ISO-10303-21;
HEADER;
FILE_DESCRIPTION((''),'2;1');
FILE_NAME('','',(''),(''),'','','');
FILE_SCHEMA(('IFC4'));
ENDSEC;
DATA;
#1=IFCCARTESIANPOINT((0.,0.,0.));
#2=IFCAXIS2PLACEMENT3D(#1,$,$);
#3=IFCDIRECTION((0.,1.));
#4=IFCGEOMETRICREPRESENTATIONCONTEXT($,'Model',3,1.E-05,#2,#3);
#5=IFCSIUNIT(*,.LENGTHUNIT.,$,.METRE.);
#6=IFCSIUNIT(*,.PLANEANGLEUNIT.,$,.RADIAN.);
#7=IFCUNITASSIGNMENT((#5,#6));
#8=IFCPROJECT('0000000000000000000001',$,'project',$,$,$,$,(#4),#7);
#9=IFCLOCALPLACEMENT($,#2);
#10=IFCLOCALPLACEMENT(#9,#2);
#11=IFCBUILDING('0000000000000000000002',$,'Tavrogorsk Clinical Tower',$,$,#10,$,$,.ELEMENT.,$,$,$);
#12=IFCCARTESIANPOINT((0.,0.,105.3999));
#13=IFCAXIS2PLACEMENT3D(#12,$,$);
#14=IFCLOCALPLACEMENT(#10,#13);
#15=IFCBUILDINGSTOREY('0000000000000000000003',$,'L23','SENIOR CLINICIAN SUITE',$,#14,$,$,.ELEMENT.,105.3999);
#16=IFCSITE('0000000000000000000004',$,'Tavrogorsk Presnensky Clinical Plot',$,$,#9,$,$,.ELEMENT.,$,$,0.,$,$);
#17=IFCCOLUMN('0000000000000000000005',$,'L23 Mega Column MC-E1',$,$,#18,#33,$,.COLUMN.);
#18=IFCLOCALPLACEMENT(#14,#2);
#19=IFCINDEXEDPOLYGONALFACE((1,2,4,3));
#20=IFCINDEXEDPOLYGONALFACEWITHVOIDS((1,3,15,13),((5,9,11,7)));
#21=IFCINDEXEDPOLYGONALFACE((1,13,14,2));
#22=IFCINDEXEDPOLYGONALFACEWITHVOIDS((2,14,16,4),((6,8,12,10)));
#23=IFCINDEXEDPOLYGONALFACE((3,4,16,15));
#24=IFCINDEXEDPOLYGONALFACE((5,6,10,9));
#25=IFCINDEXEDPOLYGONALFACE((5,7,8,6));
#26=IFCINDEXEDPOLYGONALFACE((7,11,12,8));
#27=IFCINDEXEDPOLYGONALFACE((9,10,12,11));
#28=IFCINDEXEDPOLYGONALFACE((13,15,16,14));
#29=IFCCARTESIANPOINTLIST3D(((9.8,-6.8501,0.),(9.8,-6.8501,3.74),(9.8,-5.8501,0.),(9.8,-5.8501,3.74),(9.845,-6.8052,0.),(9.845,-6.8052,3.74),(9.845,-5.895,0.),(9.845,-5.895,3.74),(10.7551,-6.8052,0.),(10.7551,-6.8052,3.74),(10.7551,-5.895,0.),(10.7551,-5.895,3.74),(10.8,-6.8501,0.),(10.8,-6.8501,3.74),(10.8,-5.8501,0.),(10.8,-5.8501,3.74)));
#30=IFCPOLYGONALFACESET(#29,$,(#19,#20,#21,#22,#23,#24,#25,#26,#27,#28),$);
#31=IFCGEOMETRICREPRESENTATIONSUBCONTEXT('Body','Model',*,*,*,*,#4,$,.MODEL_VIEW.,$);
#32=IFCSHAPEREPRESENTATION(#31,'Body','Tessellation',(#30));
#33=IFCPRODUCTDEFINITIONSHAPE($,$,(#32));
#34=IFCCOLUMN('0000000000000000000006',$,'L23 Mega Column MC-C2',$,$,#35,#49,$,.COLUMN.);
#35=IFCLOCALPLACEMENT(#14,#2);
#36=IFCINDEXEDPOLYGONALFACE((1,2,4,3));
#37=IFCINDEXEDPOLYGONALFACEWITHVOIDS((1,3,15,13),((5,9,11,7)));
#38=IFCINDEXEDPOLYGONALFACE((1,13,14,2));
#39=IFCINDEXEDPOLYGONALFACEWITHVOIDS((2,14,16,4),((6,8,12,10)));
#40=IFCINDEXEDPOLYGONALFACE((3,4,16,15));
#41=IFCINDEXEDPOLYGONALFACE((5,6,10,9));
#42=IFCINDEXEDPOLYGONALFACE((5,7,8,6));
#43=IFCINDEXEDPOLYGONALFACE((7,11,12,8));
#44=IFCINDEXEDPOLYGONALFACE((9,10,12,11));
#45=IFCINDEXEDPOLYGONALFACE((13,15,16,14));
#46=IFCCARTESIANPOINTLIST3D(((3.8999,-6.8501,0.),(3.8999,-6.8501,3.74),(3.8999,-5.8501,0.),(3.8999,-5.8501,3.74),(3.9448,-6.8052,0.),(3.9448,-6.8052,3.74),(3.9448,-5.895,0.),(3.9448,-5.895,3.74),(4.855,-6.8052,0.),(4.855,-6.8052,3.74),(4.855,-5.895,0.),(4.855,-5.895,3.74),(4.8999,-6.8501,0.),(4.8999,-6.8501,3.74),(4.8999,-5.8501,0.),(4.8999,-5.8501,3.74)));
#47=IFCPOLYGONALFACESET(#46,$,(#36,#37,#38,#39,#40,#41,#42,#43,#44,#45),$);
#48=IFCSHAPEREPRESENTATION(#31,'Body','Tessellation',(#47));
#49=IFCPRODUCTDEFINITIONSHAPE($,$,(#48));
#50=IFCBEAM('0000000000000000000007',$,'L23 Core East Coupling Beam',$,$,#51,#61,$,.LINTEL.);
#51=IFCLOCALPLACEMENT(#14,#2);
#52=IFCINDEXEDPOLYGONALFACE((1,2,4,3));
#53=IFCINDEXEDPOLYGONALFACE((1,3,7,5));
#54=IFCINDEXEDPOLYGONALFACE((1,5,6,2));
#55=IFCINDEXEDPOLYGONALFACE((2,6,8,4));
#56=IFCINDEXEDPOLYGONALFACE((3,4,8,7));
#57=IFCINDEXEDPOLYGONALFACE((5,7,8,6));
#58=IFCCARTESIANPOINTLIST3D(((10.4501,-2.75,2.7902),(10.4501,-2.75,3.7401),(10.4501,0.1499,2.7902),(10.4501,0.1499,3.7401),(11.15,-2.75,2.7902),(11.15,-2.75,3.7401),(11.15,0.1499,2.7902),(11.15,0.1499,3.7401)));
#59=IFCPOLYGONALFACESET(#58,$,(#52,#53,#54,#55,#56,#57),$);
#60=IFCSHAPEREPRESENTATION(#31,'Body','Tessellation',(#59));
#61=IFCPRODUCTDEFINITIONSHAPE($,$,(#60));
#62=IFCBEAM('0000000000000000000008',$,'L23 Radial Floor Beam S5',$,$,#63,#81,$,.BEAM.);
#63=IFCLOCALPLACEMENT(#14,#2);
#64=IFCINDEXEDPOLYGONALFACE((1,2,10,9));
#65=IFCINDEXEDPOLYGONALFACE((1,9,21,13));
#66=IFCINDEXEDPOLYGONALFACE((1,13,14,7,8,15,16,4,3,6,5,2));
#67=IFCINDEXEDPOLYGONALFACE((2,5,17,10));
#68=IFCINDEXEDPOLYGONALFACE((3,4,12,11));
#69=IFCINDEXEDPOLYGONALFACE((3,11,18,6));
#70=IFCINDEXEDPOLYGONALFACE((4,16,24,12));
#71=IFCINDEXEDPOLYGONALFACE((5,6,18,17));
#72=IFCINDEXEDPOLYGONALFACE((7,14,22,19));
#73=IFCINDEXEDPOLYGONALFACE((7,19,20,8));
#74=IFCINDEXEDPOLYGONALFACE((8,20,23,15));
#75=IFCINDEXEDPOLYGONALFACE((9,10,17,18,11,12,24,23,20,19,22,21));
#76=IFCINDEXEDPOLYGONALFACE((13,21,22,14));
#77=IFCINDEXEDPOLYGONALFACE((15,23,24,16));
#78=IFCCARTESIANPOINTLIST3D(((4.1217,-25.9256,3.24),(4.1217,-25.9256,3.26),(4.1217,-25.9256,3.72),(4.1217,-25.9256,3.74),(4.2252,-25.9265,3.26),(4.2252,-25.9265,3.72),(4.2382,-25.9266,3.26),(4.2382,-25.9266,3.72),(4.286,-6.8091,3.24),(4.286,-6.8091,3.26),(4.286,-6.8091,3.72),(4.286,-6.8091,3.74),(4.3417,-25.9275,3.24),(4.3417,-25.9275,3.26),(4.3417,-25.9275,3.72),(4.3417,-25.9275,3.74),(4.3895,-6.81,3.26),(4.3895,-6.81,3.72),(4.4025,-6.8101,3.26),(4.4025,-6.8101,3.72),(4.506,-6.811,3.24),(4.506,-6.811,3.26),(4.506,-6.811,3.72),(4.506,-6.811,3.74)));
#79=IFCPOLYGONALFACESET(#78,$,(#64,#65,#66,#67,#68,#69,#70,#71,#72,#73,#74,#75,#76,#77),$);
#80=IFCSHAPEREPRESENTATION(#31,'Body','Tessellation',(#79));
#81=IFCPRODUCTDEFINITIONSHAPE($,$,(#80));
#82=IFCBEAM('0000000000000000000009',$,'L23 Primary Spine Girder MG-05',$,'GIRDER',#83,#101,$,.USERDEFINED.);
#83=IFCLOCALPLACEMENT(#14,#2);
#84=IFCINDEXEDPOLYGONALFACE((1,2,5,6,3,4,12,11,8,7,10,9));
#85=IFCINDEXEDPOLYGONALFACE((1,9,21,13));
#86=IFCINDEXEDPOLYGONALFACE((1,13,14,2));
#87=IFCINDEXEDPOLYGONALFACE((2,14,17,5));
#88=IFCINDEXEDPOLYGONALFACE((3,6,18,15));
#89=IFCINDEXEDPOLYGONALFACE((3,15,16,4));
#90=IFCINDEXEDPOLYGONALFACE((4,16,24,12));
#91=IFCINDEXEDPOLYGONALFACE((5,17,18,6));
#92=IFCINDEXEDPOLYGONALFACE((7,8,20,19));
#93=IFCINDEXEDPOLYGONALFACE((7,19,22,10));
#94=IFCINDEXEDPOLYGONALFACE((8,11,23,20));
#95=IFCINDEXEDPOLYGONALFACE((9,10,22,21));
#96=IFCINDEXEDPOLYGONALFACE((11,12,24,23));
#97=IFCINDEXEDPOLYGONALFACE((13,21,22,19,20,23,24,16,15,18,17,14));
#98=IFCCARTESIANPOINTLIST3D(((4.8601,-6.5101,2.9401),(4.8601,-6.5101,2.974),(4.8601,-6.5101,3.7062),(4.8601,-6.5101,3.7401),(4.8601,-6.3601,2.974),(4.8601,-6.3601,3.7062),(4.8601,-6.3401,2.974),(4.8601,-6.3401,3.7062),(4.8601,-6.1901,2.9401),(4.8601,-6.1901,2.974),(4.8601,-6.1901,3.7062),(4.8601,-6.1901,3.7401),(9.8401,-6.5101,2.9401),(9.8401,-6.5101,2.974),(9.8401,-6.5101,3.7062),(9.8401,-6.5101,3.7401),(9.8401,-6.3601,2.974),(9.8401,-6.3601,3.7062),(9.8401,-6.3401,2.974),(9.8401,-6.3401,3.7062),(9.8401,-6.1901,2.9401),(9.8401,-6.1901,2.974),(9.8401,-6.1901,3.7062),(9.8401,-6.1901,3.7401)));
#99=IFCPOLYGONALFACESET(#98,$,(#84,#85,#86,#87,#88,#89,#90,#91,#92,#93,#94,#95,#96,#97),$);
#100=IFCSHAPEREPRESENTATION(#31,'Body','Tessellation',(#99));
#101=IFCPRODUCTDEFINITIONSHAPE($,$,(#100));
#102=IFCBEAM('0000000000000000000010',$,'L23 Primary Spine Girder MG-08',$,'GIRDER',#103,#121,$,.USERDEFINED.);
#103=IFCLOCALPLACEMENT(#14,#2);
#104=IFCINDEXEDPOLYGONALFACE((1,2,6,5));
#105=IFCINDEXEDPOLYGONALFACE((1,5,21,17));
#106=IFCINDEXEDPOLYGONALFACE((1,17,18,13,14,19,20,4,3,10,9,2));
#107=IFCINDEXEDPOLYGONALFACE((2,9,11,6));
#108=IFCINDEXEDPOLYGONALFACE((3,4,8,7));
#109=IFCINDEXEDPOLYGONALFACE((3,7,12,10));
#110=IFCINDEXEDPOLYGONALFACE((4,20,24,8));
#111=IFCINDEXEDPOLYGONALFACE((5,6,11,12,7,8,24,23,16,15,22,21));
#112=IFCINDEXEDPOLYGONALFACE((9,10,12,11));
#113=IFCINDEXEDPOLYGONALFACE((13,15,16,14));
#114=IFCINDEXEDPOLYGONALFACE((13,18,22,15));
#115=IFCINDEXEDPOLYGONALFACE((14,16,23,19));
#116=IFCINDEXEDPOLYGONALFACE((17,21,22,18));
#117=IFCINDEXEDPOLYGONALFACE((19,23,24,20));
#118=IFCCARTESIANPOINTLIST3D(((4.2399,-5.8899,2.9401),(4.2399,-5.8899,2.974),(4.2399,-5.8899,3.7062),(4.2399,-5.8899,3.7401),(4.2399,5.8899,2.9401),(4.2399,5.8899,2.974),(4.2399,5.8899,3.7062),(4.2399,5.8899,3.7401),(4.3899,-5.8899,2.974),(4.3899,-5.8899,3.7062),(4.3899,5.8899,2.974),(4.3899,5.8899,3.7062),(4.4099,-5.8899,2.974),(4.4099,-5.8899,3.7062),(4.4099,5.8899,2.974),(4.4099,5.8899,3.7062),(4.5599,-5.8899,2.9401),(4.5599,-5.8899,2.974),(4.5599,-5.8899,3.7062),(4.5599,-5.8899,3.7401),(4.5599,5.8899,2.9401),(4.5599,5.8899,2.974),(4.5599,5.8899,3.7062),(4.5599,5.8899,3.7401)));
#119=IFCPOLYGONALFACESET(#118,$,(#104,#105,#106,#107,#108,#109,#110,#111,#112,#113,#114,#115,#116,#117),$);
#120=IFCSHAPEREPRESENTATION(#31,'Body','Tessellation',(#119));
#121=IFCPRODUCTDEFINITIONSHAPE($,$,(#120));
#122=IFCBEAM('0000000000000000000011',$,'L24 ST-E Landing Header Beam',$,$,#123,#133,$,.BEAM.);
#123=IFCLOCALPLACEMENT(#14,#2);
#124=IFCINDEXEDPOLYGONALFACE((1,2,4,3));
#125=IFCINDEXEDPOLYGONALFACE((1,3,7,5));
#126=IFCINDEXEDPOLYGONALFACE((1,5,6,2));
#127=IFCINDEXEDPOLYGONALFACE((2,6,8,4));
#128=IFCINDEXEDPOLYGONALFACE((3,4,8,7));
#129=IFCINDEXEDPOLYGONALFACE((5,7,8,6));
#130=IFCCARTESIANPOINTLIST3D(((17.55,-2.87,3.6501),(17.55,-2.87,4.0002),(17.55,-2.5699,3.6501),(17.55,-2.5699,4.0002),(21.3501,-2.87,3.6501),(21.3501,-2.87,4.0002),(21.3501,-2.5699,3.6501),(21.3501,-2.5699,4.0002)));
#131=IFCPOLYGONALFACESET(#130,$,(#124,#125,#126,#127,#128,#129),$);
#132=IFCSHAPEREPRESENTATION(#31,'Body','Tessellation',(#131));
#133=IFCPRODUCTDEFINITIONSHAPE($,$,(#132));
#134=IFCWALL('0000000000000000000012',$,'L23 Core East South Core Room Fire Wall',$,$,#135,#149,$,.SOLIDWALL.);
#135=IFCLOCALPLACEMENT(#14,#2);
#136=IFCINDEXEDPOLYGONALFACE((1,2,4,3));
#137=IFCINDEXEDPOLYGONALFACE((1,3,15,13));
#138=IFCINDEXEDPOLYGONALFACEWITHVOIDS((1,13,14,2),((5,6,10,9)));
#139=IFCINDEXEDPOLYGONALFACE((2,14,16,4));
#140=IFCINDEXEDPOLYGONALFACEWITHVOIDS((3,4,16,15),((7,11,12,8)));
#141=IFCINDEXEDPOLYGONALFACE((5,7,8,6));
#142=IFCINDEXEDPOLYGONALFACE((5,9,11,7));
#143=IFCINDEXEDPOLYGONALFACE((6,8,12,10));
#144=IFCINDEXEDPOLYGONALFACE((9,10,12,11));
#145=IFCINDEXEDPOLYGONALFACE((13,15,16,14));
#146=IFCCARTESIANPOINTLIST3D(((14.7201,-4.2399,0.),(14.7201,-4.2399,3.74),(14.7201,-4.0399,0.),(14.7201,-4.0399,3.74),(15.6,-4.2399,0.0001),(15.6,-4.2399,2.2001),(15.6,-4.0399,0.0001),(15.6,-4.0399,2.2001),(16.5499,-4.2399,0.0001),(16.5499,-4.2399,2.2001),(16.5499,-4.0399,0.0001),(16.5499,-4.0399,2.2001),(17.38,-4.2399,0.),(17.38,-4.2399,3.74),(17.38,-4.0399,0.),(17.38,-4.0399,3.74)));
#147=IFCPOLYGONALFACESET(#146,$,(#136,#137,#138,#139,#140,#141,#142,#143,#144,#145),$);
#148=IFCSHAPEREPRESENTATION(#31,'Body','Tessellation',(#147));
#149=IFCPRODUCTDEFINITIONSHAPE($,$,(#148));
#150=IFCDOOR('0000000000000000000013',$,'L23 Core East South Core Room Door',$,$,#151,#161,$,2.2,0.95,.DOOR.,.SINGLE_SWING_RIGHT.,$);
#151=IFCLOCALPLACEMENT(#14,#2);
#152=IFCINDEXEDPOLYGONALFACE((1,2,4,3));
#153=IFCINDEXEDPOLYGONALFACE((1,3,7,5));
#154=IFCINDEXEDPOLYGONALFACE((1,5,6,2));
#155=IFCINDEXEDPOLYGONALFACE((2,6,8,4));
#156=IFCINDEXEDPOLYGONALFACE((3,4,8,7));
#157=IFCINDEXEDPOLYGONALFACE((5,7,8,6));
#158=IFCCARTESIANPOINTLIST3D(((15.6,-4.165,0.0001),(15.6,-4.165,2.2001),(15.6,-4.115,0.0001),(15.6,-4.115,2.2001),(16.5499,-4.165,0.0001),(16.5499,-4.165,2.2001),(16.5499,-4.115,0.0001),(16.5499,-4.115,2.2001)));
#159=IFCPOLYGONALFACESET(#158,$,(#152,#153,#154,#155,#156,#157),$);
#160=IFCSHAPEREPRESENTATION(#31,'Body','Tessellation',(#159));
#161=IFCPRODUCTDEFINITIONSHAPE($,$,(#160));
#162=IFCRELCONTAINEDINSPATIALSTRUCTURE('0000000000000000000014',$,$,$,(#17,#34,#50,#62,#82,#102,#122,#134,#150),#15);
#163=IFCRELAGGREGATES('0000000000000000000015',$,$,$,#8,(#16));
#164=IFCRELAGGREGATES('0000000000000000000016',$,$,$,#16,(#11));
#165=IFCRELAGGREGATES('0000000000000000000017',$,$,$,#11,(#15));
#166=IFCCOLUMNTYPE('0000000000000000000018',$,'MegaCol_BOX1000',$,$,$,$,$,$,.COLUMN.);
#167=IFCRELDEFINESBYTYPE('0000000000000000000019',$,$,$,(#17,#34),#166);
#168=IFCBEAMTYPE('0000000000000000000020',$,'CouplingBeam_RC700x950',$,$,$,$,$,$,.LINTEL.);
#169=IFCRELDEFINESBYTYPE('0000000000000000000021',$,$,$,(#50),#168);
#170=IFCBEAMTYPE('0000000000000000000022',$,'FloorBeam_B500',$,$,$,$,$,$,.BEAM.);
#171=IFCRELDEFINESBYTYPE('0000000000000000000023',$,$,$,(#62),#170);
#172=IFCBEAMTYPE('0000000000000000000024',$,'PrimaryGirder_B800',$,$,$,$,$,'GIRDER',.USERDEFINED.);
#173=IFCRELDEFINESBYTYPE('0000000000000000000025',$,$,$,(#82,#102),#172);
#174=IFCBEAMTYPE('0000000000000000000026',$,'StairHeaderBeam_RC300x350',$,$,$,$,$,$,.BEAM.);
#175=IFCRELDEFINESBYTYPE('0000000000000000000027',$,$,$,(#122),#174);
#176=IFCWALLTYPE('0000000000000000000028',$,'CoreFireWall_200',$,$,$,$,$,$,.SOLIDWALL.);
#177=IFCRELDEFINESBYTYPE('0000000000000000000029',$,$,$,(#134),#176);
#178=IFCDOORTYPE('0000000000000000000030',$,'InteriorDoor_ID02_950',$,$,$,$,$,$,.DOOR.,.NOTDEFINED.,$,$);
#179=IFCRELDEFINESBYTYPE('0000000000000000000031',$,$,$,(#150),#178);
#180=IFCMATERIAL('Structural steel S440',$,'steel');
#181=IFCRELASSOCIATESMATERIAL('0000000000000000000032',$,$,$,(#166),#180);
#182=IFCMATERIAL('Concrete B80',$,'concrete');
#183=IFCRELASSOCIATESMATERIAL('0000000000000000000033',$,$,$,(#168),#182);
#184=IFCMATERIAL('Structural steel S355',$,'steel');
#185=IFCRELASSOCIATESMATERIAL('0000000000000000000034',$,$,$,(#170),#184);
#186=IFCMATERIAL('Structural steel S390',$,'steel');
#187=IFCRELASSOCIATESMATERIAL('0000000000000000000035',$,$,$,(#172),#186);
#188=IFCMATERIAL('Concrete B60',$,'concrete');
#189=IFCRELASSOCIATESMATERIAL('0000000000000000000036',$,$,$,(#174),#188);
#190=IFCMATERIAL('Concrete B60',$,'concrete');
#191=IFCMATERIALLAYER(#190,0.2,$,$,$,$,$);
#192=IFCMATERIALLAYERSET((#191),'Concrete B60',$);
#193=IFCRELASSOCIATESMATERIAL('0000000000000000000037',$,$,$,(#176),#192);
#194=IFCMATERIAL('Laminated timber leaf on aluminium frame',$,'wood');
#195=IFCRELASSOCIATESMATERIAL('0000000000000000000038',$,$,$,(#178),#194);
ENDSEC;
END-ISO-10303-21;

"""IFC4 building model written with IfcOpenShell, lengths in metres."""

from ifc_helpers import new_model, si_unit, direction, frame, frame_2d, origin, origin_2d, place, context, subcontext, project, spatial, rectangle, hollow_rectangle, i_section, extrude, material, layer, layer_set, material_profile, profile_set, type_object, element, fill, save


model = new_model("IFC4")

# Units and contexts
model_context = context("Model", 3, precision=1e-05, world=origin(), true_north=direction((0.0, 1.0)))
body_context = subcontext(model_context, "Body", "Model", "MODEL_VIEW")
ifc_project = project(units=[si_unit("LENGTHUNIT", "METRE"), si_unit("PLANEANGLEUNIT", "RADIAN")], contexts=[model_context])

# Site, building, storey
site_placement = place(None, origin())
site = spatial("IfcSite", under=ifc_project, at=site_placement, Name="Tavrogorsk Presnensky Clinical Plot", CompositionType="ELEMENT", RefElevation=0.0)
building_placement = place(site_placement, origin())
building = spatial("IfcBuilding", under=site, at=building_placement, Name="Tavrogorsk Clinical Tower", CompositionType="ELEMENT")
storey_placement = place(building_placement, frame((0.0, 0.0, 105.3999)))
storey = spatial("IfcBuildingStorey", under=building, at=storey_placement, Name="L23", Description="SENIOR CLINICIAN SUITE", CompositionType="ELEMENT", Elevation=105.3999)

# Columns
ifc_material_1 = material(Name="Structural steel S440", Category="steel")
ifc_material_profile_1 = material_profile(ifc_material_1, hollow_rectangle(XDim=1.0, YDim=1.0, WallThickness=0.0449, at=origin_2d()), Name="BOX-1000x1000x45")
ifc_profile_set_1 = profile_set([ifc_material_profile_1], Name="Structural steel S440")
column_type = type_object("IfcColumnType", Name="MegaCol_BOX1000", PredefinedType="COLUMN", material=ifc_profile_set_1)
for number, where, z_axis, x_axis, name in (
    (1, (10.3, -6.3501, 0.0), (0.0, 0.0, 1.0), (1.0, 0.0, 0.0), "L23 Mega Column MC-E1"),
    (2, (4.3999, -6.3501, 0.0), (0.0, 0.0, 1.0), (1.0, 0.0, 0.0), "L23 Mega Column MC-C2"),
):
    element("IfcColumn", number, at=place(storey_placement, frame(where, z_axis=z_axis, x_axis=x_axis)), inside=storey, type_object=column_type, Name=name, PredefinedType="COLUMN", context=body_context, shape_type="SweptSolid", body=[
        extrude(hollow_rectangle(XDim=1.0, YDim=1.0, WallThickness=0.0449, at=origin_2d()), origin(), (0.0, 0.0, 1.0), 3.74),
    ])

# Beams
ifc_material_2 = material(Name="Concrete B80", Category="concrete")
ifc_material_profile_2 = material_profile(ifc_material_2, rectangle(XDim=0.7, YDim=0.95, at=origin_2d()), Name="RC-CB-700x950")
ifc_profile_set_2 = profile_set([ifc_material_profile_2], Name="Concrete B80")
beam_type_1 = type_object("IfcBeamType", Name="CouplingBeam_RC700x950", PredefinedType="LINTEL", material=ifc_profile_set_2)
beam_1_placement = place(storey_placement, frame((10.8, -2.75, 3.2651), z_axis=(0.0, 1.0, 0.0), x_axis=(-1.0, 0.0, 0.0)))
element("IfcBeam", 3, at=beam_1_placement, inside=storey, type_object=beam_type_1, Name="L23 Core East Coupling Beam", PredefinedType="LINTEL", context=body_context, shape_type="SweptSolid", body=[
    extrude(rectangle(XDim=0.7, YDim=0.95, at=origin_2d()), origin(), (0.0, 0.0, 1.0), 2.8999),
])
ifc_material_3 = material(Name="Structural steel S355", Category="steel")
ifc_material_profile_3 = material_profile(ifc_material_3, i_section(OverallWidth=0.22, OverallDepth=0.5, WebThickness=0.0129, FlangeThickness=0.02, at=origin_2d()), Name="B-500x220x13x20")
ifc_profile_set_3 = profile_set([ifc_material_profile_3], Name="Structural steel S355")
beam_type_2 = type_object("IfcBeamType", Name="FloorBeam_B500", PredefinedType="BEAM", material=ifc_profile_set_3)
beam_2_placement = place(storey_placement, frame((4.396, -6.8101, 3.49), z_axis=(-0.008595, -0.999963, 0.0), x_axis=(0.999963, -0.008595, 0.0)))
element("IfcBeam", 4, at=beam_2_placement, inside=storey, type_object=beam_type_2, Name="L23 Radial Floor Beam S5", PredefinedType="BEAM", context=body_context, shape_type="SweptSolid", body=[
    extrude(i_section(OverallWidth=0.22, OverallDepth=0.5, WebThickness=0.0129, FlangeThickness=0.02, at=origin_2d()), origin(), (0.0, 0.0, 1.0), 19.1172),
])
ifc_material_4 = material(Name="Structural steel S390", Category="steel")
ifc_material_profile_4 = material_profile(ifc_material_4, i_section(OverallWidth=0.3201, OverallDepth=0.8, WebThickness=0.02, FlangeThickness=0.0339, at=origin_2d()), Name="B-800x320x20x34")
ifc_profile_set_4 = profile_set([ifc_material_profile_4], Name="Structural steel S390")
beam_type_3 = type_object("IfcBeamType", Name="PrimaryGirder_B800", ElementType="GIRDER", PredefinedType="USERDEFINED", material=ifc_profile_set_4)
beam_3_placement = place(storey_placement, frame((4.8601, -6.3501, 3.3401), z_axis=(1.0, 0.0, 0.0), x_axis=(0.0, 1.0, 0.0)))
element("IfcBeam", 5, at=beam_3_placement, inside=storey, type_object=beam_type_3, Name="L23 Primary Spine Girder MG-05", ObjectType="GIRDER", PredefinedType="USERDEFINED", context=body_context, shape_type="SweptSolid", body=[
    extrude(i_section(OverallWidth=0.3201, OverallDepth=0.8, WebThickness=0.02, FlangeThickness=0.0339, at=origin_2d()), origin(), (0.0, 0.0, 1.0), 4.98),
])
beam_4_placement = place(storey_placement, frame((4.3999, -5.8899, 3.3401), z_axis=(0.0, 1.0, 0.0), x_axis=(-1.0, 0.0, 0.0)))
element("IfcBeam", 6, at=beam_4_placement, inside=storey, type_object=beam_type_3, Name="L23 Primary Spine Girder MG-08", ObjectType="GIRDER", PredefinedType="USERDEFINED", context=body_context, shape_type="SweptSolid", body=[
    extrude(i_section(OverallWidth=0.3201, OverallDepth=0.8, WebThickness=0.02, FlangeThickness=0.0339, at=origin_2d()), origin(), (0.0, 0.0, 1.0), 11.7798),
])
ifc_material_5 = material(Name="Concrete B60", Category="concrete")
ifc_material_profile_5 = material_profile(ifc_material_5, rectangle(XDim=0.3, YDim=0.3501, at=origin_2d()), Name="RC-SHB-300x350")
ifc_profile_set_5 = profile_set([ifc_material_profile_5], Name="Concrete B60")
beam_type_4 = type_object("IfcBeamType", Name="StairHeaderBeam_RC300x350", PredefinedType="BEAM", material=ifc_profile_set_5)
beam_5_placement = place(storey_placement, frame((17.55, -2.72, 3.8252), z_axis=(1.0, 0.0, 0.0), x_axis=(0.0, 1.0, 0.0)))
element("IfcBeam", 7, at=beam_5_placement, inside=storey, type_object=beam_type_4, Name="L24 ST-E Landing Header Beam", PredefinedType="BEAM", context=body_context, shape_type="SweptSolid", body=[
    extrude(rectangle(XDim=0.3, YDim=0.3501, at=origin_2d()), origin(), (0.0, 0.0, 1.0), 3.8),
])

# Wall, opening, door
ifc_material_6 = material(Name="Concrete B60", Category="concrete")
ifc_layer_1 = layer(ifc_material_6, 0.2)
ifc_layer_set_1 = layer_set([ifc_layer_1], Name="Concrete B60")
wall_type_1 = type_object("IfcWallType", Name="CoreFireWall_200", PredefinedType="SOLIDWALL", material=ifc_layer_set_1)
wall_1_placement = place(storey_placement, frame((14.72, -4.1399, 0.0), z_axis=(0.0, 0.0, 1.0), x_axis=(1.0, 0.0, 0.0)))
wall_1 = element("IfcWall", 8, at=wall_1_placement, inside=storey, type_object=wall_type_1, Name="L23 Core East South Core Room Fire Wall", PredefinedType="SOLIDWALL", context=body_context, shape_type="SweptSolid", body=[
    extrude(rectangle(XDim=2.6599, YDim=0.2, at=frame_2d((1.3301, 0.0))), origin(), (0.0, 0.0, 1.0), 3.74),
])
opening_1_placement = place(wall_1_placement, frame((0.8799, 0.0, 0.0)))
opening_1 = element("IfcOpeningElement", 9, at=opening_1_placement, cuts=wall_1, PredefinedType="OPENING", context=body_context, shape_type="SweptSolid", body=[
    extrude(rectangle(XDim=0.95, YDim=2.2, at=frame_2d((0.4751, 1.1001))), frame((0.0, 0.1099, 0.0), z_axis=(0.0, -1.0, 0.0), x_axis=(1.0, 0.0, 0.0)), (0.0, 0.0, 1.0), 0.22),
])
ifc_material_7 = material(Name="Laminated timber leaf on aluminium frame", Category="wood")
door_type_1 = type_object("IfcDoorType", Name="InteriorDoor_ID02_950", OperationType="NOTDEFINED", PredefinedType="DOOR", material=ifc_material_7)
door_1_placement = place(opening_1_placement, origin())
door_1 = element("IfcDoor", 10, at=door_1_placement, inside=storey, type_object=door_type_1, Name="L23 Core East South Core Room Door", OperationType="SINGLE_SWING_RIGHT", OverallHeight=2.2, OverallWidth=0.95, PredefinedType="DOOR", context=body_context, shape_type="SweptSolid", body=[
    extrude(rectangle(XDim=0.95, YDim=2.2, at=frame_2d((0.4751, 1.1001))), frame((0.0, 0.0249, 0.0), z_axis=(0.0, -1.0, 0.0), x_axis=(1.0, 0.0, 0.0)), (0.0, 0.0, 1.0), 0.05),
])
fill(opening_1, door_1)

save(model, "model.ifc")
